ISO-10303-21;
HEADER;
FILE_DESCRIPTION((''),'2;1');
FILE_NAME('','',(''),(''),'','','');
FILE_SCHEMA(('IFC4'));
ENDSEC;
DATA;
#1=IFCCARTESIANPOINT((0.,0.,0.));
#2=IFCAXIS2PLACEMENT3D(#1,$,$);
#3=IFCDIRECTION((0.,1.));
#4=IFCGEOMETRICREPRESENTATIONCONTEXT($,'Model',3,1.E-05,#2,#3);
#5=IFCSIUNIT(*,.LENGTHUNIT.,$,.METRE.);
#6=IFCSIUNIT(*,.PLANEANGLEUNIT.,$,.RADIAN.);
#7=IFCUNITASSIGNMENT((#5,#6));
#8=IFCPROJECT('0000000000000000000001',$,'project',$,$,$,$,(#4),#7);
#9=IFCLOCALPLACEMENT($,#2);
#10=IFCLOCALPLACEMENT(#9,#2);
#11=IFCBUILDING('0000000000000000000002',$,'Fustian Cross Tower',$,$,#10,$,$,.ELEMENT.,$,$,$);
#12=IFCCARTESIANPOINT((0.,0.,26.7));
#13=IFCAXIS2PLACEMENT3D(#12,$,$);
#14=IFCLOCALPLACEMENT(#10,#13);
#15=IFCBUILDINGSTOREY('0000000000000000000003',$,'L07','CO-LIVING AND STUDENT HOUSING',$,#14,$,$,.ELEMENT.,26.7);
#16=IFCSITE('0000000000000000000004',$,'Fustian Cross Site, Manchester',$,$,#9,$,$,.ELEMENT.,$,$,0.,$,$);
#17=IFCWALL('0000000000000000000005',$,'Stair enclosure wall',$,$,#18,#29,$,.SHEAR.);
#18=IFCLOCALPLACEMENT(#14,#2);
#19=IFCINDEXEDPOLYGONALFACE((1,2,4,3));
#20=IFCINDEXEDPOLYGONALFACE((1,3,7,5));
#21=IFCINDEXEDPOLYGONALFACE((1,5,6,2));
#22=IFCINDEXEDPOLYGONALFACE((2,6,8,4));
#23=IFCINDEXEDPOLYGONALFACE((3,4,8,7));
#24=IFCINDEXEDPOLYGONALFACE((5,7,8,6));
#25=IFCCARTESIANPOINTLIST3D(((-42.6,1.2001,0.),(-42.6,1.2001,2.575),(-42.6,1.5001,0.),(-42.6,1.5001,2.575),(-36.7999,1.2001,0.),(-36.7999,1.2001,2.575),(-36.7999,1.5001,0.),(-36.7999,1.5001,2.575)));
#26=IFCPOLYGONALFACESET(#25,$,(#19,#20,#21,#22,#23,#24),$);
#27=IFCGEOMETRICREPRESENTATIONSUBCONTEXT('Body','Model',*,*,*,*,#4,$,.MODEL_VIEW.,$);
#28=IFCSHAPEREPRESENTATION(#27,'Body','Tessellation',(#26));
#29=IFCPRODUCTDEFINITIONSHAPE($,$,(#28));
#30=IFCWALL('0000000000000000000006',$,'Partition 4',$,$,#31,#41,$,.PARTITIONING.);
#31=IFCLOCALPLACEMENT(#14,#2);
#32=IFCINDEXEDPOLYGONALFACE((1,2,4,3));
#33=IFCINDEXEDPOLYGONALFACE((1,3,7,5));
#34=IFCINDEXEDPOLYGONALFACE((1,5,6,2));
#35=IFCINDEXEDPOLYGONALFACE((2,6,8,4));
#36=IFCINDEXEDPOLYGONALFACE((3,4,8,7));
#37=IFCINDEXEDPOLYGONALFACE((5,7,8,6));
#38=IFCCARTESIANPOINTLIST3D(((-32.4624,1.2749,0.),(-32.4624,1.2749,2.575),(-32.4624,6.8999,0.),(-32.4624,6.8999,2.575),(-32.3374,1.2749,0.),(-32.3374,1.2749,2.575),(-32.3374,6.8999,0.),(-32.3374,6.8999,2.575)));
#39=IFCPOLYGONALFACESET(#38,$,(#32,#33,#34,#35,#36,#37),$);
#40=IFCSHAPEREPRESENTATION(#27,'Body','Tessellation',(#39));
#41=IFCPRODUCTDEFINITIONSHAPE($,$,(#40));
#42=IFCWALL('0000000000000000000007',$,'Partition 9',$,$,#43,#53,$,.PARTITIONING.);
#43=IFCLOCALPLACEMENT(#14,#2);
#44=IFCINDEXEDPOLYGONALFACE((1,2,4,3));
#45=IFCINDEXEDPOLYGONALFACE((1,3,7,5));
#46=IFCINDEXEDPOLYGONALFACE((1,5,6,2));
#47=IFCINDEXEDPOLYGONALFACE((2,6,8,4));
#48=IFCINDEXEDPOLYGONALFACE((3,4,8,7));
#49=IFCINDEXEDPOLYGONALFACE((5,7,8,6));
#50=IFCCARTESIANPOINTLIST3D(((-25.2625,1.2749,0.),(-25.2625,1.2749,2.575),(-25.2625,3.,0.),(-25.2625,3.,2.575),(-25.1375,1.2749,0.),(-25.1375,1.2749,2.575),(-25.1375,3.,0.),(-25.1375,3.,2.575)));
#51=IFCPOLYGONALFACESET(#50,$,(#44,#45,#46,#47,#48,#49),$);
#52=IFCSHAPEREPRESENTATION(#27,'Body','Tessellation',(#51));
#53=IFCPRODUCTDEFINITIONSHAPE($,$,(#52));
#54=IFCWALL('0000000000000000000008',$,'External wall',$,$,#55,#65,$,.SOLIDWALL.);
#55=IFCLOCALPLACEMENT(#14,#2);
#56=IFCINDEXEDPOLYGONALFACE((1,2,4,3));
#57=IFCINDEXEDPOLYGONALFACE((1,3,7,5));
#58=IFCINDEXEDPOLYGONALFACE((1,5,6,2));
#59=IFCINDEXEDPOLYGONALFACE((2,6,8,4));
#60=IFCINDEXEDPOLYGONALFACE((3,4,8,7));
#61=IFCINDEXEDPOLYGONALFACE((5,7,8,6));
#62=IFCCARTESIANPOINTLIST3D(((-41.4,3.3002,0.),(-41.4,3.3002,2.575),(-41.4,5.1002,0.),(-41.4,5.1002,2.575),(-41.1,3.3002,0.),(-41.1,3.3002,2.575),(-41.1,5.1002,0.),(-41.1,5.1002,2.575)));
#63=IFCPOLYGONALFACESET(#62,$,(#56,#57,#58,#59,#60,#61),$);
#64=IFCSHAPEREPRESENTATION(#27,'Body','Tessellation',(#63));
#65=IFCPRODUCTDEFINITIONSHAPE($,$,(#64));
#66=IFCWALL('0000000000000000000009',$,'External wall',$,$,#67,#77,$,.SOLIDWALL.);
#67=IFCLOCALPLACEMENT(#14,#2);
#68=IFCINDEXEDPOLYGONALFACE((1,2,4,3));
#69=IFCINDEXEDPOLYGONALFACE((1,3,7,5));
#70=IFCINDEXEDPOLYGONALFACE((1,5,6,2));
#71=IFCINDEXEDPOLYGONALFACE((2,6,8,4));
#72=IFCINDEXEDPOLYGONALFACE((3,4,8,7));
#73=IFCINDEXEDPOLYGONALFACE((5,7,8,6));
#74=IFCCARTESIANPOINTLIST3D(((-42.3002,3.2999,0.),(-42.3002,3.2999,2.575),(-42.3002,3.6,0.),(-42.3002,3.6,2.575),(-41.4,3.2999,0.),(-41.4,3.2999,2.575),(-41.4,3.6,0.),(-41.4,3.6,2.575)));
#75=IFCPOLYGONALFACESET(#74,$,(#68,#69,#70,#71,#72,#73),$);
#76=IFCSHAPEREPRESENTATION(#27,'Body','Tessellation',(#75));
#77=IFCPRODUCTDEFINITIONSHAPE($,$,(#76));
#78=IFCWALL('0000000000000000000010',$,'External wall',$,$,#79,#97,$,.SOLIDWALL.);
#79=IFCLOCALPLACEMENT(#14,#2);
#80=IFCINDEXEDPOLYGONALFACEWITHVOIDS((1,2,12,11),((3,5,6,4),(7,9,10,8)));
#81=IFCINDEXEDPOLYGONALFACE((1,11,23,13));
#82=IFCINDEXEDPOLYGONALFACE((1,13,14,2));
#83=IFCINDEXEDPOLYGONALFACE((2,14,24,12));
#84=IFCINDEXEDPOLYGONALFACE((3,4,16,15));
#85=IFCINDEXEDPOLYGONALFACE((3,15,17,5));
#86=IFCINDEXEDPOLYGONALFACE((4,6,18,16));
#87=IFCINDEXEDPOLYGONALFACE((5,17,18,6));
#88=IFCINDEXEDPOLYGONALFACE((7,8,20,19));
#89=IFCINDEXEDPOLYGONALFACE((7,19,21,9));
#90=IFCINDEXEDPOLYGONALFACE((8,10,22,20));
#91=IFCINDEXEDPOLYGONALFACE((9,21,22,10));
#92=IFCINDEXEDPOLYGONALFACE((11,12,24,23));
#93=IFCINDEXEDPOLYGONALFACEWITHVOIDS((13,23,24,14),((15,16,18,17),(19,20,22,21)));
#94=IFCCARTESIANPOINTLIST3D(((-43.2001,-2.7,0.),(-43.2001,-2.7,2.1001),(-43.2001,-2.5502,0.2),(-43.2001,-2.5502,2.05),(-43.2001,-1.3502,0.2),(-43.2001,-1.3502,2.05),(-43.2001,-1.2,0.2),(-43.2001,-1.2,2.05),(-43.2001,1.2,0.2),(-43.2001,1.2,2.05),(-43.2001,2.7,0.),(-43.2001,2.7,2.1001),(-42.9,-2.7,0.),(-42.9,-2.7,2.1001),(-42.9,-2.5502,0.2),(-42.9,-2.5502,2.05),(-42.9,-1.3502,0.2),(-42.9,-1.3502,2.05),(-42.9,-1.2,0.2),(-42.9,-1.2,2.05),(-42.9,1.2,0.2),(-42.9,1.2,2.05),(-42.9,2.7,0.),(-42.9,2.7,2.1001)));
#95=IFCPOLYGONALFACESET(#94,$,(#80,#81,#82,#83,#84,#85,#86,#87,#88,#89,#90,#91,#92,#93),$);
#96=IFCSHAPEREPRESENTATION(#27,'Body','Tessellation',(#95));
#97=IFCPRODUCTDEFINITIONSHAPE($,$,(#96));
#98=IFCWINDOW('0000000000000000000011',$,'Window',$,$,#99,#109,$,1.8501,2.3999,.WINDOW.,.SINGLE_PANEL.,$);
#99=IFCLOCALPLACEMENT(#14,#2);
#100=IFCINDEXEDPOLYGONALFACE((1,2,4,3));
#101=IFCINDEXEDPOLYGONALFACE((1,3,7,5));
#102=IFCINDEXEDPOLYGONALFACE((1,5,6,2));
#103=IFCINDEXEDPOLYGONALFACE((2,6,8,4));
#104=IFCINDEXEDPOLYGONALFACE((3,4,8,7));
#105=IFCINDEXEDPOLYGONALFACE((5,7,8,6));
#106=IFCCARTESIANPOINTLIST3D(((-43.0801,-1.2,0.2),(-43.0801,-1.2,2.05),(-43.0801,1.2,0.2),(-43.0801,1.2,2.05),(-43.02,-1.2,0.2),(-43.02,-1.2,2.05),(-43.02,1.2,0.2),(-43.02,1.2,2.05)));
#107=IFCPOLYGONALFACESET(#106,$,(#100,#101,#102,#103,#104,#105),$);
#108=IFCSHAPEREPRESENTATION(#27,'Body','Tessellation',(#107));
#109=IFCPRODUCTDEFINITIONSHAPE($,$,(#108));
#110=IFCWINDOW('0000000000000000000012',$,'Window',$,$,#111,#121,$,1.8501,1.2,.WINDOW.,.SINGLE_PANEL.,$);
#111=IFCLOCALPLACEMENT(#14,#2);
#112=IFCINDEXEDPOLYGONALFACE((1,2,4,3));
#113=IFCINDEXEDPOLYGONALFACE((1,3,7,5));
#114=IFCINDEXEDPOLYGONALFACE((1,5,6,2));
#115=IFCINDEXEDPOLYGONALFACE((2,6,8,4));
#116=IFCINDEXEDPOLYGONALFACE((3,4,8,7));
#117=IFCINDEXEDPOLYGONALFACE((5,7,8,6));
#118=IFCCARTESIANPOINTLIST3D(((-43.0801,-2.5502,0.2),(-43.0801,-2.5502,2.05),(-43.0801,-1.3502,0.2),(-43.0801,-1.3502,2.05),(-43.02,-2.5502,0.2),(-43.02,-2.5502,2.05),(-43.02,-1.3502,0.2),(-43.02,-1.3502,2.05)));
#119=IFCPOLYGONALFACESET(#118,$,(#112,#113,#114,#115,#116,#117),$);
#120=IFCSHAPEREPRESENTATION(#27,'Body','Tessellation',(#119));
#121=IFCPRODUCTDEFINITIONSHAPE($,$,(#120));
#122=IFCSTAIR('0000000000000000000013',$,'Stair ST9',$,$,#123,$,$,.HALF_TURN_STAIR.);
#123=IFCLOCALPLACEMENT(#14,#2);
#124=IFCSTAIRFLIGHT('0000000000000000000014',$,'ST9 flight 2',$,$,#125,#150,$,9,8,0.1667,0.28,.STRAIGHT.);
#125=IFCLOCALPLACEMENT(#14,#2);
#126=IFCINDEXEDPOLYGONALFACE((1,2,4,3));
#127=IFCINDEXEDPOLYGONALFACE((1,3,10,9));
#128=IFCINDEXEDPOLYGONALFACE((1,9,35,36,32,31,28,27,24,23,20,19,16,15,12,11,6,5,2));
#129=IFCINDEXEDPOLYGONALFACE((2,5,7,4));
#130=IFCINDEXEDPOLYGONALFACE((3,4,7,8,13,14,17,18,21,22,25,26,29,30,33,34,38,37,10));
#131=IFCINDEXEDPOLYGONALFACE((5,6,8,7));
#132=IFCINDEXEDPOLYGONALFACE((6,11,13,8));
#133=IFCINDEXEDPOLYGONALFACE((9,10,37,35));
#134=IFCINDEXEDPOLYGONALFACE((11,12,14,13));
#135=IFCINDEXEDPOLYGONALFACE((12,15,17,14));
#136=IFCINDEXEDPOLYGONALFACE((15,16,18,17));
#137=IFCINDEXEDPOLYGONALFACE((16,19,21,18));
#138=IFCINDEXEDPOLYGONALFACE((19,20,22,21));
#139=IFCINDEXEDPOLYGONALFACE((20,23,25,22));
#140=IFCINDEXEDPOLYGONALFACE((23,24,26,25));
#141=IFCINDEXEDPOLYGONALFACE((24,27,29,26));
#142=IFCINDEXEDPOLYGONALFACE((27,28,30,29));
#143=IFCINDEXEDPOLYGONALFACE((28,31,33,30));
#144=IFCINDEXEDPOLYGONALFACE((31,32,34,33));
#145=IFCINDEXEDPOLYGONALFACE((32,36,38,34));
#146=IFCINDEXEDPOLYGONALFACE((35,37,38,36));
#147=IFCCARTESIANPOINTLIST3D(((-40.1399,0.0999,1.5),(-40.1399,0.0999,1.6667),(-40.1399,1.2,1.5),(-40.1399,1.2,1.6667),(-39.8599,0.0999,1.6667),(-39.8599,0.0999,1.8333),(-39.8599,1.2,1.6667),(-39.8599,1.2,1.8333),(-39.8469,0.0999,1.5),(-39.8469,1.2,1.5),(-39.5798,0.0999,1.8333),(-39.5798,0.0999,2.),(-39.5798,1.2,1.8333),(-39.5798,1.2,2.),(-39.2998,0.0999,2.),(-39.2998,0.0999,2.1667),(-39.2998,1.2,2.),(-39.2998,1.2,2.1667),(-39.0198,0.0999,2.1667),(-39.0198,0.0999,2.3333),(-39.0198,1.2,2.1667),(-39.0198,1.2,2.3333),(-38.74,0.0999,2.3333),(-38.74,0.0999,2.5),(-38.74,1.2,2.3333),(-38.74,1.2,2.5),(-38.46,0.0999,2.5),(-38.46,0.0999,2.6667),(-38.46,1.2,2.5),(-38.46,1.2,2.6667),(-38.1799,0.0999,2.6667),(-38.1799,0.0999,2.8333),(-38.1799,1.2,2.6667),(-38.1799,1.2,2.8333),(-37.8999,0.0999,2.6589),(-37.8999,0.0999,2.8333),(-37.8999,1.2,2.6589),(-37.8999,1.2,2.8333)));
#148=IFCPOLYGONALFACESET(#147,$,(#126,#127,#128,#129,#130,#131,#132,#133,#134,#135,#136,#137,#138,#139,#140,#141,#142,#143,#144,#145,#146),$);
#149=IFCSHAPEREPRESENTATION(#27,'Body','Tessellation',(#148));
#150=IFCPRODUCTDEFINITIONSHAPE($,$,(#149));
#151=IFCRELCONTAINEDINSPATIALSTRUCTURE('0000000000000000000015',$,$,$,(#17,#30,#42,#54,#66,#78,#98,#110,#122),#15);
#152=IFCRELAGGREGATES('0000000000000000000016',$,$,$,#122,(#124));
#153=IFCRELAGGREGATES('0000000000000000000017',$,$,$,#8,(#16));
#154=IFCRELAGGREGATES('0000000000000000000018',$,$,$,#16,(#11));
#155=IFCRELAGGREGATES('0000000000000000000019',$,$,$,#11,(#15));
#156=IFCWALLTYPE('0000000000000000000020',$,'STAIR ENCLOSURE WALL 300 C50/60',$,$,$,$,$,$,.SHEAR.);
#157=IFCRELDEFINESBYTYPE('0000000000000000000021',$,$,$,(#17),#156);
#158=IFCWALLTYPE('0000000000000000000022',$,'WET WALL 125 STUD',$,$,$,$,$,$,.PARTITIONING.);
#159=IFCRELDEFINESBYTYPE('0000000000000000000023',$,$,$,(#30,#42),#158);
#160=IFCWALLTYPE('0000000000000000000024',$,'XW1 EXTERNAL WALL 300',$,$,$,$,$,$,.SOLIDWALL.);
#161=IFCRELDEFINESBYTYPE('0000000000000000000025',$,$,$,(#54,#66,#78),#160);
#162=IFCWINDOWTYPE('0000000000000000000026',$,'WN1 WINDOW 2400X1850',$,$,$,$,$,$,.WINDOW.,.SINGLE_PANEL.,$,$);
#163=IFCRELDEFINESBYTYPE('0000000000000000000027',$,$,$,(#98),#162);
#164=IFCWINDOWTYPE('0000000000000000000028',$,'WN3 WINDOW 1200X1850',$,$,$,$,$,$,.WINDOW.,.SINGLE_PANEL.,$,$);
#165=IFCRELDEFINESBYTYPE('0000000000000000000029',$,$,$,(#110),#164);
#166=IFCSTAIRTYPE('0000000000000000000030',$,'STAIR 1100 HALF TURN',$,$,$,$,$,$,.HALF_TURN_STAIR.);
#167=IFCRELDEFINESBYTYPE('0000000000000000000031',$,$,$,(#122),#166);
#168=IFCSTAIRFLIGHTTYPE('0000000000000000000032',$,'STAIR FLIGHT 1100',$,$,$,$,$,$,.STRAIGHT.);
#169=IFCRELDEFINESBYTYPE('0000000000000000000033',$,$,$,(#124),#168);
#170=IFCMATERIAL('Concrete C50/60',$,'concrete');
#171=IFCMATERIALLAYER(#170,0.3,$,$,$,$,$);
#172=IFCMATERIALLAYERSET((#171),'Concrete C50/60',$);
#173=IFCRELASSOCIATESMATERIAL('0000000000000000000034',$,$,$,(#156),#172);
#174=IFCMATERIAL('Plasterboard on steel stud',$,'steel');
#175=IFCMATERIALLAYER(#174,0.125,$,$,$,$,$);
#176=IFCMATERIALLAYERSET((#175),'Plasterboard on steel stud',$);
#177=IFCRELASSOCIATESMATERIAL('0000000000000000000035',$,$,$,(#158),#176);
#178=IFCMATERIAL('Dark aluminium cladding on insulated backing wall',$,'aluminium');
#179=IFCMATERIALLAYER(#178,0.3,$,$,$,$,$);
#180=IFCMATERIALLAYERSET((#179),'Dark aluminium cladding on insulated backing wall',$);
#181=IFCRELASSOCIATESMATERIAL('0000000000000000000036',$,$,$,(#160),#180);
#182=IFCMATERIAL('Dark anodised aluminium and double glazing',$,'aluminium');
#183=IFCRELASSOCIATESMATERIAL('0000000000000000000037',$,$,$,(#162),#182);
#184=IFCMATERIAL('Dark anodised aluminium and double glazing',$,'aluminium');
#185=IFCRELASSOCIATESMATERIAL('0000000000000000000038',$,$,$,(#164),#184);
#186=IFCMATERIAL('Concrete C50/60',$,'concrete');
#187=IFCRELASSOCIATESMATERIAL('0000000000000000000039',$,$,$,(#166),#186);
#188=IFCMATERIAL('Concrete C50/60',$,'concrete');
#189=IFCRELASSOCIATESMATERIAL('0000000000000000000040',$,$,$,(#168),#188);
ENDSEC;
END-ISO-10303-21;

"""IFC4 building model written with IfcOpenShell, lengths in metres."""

from ifc_helpers import new_model, si_unit, direction, frame, frame_2d, origin, place, context, subcontext, project, spatial, polyline, rectangle, outline, extrude, material, layer, layer_set, type_object, element, fill, aggregate, save


model = new_model("IFC4")

# Units and contexts
model_context = context("Model", 3, precision=1e-05, world=origin(), true_north=direction((0.0, 1.0)))
body_context = subcontext(model_context, "Body", "Model", "MODEL_VIEW")
ifc_project = project(units=[si_unit("LENGTHUNIT", "METRE"), si_unit("PLANEANGLEUNIT", "RADIAN")], contexts=[model_context])

# Site, building, storey
site_placement = place(None, origin())
site = spatial("IfcSite", under=ifc_project, at=site_placement, Name="Fustian Cross Site, Manchester", CompositionType="ELEMENT", RefElevation=0.0)
building_placement = place(site_placement, origin())
building = spatial("IfcBuilding", under=site, at=building_placement, Name="Fustian Cross Tower", CompositionType="ELEMENT")
storey_placement = place(building_placement, frame((0.0, 0.0, 26.7)))
storey = spatial("IfcBuildingStorey", under=building, at=storey_placement, Name="L07", Description="CO-LIVING AND STUDENT HOUSING", CompositionType="ELEMENT", Elevation=26.7)

# Walls
ifc_material_1 = material(Name="Concrete C50/60", Category="concrete")
ifc_layer_1 = layer(ifc_material_1, 0.3)
ifc_layer_set_1 = layer_set([ifc_layer_1], Name="Concrete C50/60")
wall_type_1 = type_object("IfcWallType", Name="STAIR ENCLOSURE WALL 300 C50/60", PredefinedType="SHEAR", material=ifc_layer_set_1)
wall_1_placement = place(storey_placement, frame((-36.8, 1.3501, 0.0), z_axis=(0.0, 0.0, 1.0), x_axis=(-1.0, 0.0, 0.0)))
element("IfcWall", 1, at=wall_1_placement, inside=storey, type_object=wall_type_1, Name="Stair enclosure wall", PredefinedType="SHEAR", context=body_context, shape_type="SweptSolid", body=[
    extrude(rectangle(XDim=5.8, YDim=0.3, at=frame_2d((2.8999, 0.0))), origin(), (0.0, 0.0, 1.0), 2.575),
])
ifc_material_2 = material(Name="Plasterboard on steel stud", Category="steel")
ifc_layer_2 = layer(ifc_material_2, 0.125)
ifc_layer_set_2 = layer_set([ifc_layer_2], Name="Plasterboard on steel stud")
wall_type_2 = type_object("IfcWallType", Name="WET WALL 125 STUD", PredefinedType="PARTITIONING", material=ifc_layer_set_2)
wall_2_placement = place(storey_placement, frame((-32.3999, 1.2749, 0.0), z_axis=(0.0, 0.0, 1.0), x_axis=(0.0, 1.0, 0.0)))
element("IfcWall", 2, at=wall_2_placement, inside=storey, type_object=wall_type_2, Name="Partition 4", PredefinedType="PARTITIONING", context=body_context, shape_type="SweptSolid", body=[
    extrude(rectangle(XDim=5.625, YDim=0.125, at=frame_2d((2.8125, 0.0))), origin(), (0.0, 0.0, 1.0), 2.575),
])
wall_3_placement = place(storey_placement, frame((-25.2, 1.2749, 0.0), z_axis=(0.0, 0.0, 1.0), x_axis=(0.0, 1.0, 0.0)))
element("IfcWall", 3, at=wall_3_placement, inside=storey, type_object=wall_type_2, Name="Partition 9", PredefinedType="PARTITIONING", context=body_context, shape_type="SweptSolid", body=[
    extrude(rectangle(XDim=1.7251, YDim=0.125, at=frame_2d((0.8625, 0.0))), origin(), (0.0, 0.0, 1.0), 2.575),
])
ifc_material_3 = material(Name="Dark aluminium cladding on insulated backing wall", Category="aluminium")
ifc_layer_3 = layer(ifc_material_3, 0.3)
ifc_layer_set_3 = layer_set([ifc_layer_3], Name="Dark aluminium cladding on insulated backing wall")
wall_type_3 = type_object("IfcWallType", Name="XW1 EXTERNAL WALL 300", PredefinedType="SOLIDWALL", material=ifc_layer_set_3)
wall_4_placement = place(storey_placement, frame((-41.25, 5.1001, 0.0), z_axis=(0.0, 0.0, 1.0), x_axis=(0.0, -1.0, 0.0)))
element("IfcWall", 4, at=wall_4_placement, inside=storey, type_object=wall_type_3, Name="External wall", PredefinedType="SOLIDWALL", context=body_context, shape_type="SweptSolid", body=[
    extrude(rectangle(XDim=1.8, YDim=0.3, at=frame_2d((0.8999, 0.0))), origin(), (0.0, 0.0, 1.0), 2.575),
])
wall_5_placement = place(storey_placement, frame((-41.3999, 3.45, 0.0), z_axis=(0.0, 0.0, 1.0), x_axis=(-1.0, 0.0, 0.0)))
element("IfcWall", 5, at=wall_5_placement, inside=storey, type_object=wall_type_3, Name="External wall", PredefinedType="SOLIDWALL", context=body_context, shape_type="SweptSolid", body=[
    extrude(rectangle(XDim=0.9001, YDim=0.3, at=frame_2d((0.4502, 0.0))), origin(), (0.0, 0.0, 1.0), 2.575),
])

# Wall, openings, windows
wall_6_placement = place(storey_placement, frame((-43.05, 2.7, 0.0), z_axis=(0.0, 0.0, 1.0), x_axis=(0.0, -1.0, 0.0)))
wall_6 = element("IfcWall", 6, at=wall_6_placement, inside=storey, type_object=wall_type_3, Name="External wall", PredefinedType="SOLIDWALL", context=body_context, shape_type="SweptSolid", body=[
    extrude(rectangle(XDim=5.3999, YDim=0.3, at=frame_2d((2.7, 0.0))), origin(), (0.0, 0.0, 1.0), 2.1001),
])
opening_1_placement = place(wall_6_placement, frame((1.5, 0.0, 0.2)))
opening_1 = element("IfcOpeningElement", 7, at=opening_1_placement, cuts=wall_6, PredefinedType="OPENING", context=body_context, shape_type="SweptSolid", body=[
    extrude(rectangle(XDim=2.3999, YDim=1.8501, at=frame_2d((1.2, 0.925))), frame((0.0, 0.1599, 0.0), z_axis=(0.0, -1.0, 0.0), x_axis=(1.0, 0.0, 0.0)), (0.0, 0.0, 1.0), 0.3201),
])
opening_2_placement = place(wall_6_placement, frame((4.05, 0.0, 0.2)))
opening_2 = element("IfcOpeningElement", 8, at=opening_2_placement, cuts=wall_6, PredefinedType="OPENING", context=body_context, shape_type="SweptSolid", body=[
    extrude(rectangle(XDim=1.2, YDim=1.8501, at=frame_2d((0.6001, 0.925))), frame((0.0, 0.1599, 0.0), z_axis=(0.0, -1.0, 0.0), x_axis=(1.0, 0.0, 0.0)), (0.0, 0.0, 1.0), 0.3201),
])
ifc_material_4 = material(Name="Dark anodised aluminium and double glazing", Category="aluminium")
window_type_1 = type_object("IfcWindowType", Name="WN1 WINDOW 2400X1850", PartitioningType="SINGLE_PANEL", PredefinedType="WINDOW", material=ifc_material_4)
window_1_placement = place(opening_1_placement, origin())
window_1 = element("IfcWindow", 9, at=window_1_placement, inside=storey, type_object=window_type_1, Name="Window", OverallHeight=1.8501, OverallWidth=2.3999, PartitioningType="SINGLE_PANEL", PredefinedType="WINDOW", context=body_context, shape_type="SweptSolid", body=[
    extrude(rectangle(XDim=2.3999, YDim=1.8501, at=frame_2d((1.2, 0.925))), frame((0.0, 0.03, 0.0), z_axis=(0.0, -1.0, 0.0), x_axis=(1.0, 0.0, 0.0)), (0.0, 0.0, 1.0), 0.0601),
])
fill(opening_1, window_1)
ifc_material_5 = material(Name="Dark anodised aluminium and double glazing", Category="aluminium")
window_type_2 = type_object("IfcWindowType", Name="WN3 WINDOW 1200X1850", PartitioningType="SINGLE_PANEL", PredefinedType="WINDOW", material=ifc_material_5)
window_2_placement = place(opening_2_placement, origin())
window_2 = element("IfcWindow", 10, at=window_2_placement, inside=storey, type_object=window_type_2, Name="Window", OverallHeight=1.8501, OverallWidth=1.2, PartitioningType="SINGLE_PANEL", PredefinedType="WINDOW", context=body_context, shape_type="SweptSolid", body=[
    extrude(rectangle(XDim=1.2, YDim=1.8501, at=frame_2d((0.6001, 0.925))), frame((0.0, 0.03, 0.0), z_axis=(0.0, -1.0, 0.0), x_axis=(1.0, 0.0, 0.0)), (0.0, 0.0, 1.0), 0.0601),
])
fill(opening_2, window_2)

# Stair, stair flight
ifc_material_6 = material(Name="Concrete C50/60", Category="concrete")
stair_type = type_object("IfcStairType", Name="STAIR 1100 HALF TURN", PredefinedType="HALF_TURN_STAIR", material=ifc_material_6)
stair_placement = place(storey_placement, origin())
stair = element("IfcStair", 11, at=stair_placement, inside=storey, type_object=stair_type, Name="Stair ST9", PredefinedType="HALF_TURN_STAIR")
ifc_material_7 = material(Name="Concrete C50/60", Category="concrete")
stair_flight_type = type_object("IfcStairFlightType", Name="STAIR FLIGHT 1100", PredefinedType="STRAIGHT", material=ifc_material_7)
stair_flight_placement = place(storey_placement, frame((-40.1399, 0.6499, 1.5), z_axis=(0.0, 0.0, 1.0), x_axis=(1.0, 0.0, 0.0)))
stair_flight = element("IfcStairFlight", 12, at=stair_flight_placement, type_object=stair_flight_type, Name="ST9 flight 2", NumberOfRisers=9, NumberOfTreads=8, PredefinedType="STRAIGHT", RiserHeight=0.1667, TreadLength=0.28, context=body_context, shape_type="SweptSolid", body=[
    extrude(outline(polyline([(0.0, 0.0), (0.0, 0.1667), (0.28, 0.1667), (0.28, 0.3333), (0.5601, 0.3333), (0.5601, 0.5), (0.8401, 0.5), (0.8401, 0.6667), (1.1201, 0.6667), (1.1201, 0.8333), (1.3999, 0.8333), (1.3999, 1.0), (1.6799, 1.0), (1.6799, 1.1667), (1.96, 1.1667), (1.96, 1.3333), (2.24, 1.3333), (2.24, 1.5), (2.24, 1.1589), (0.293, 0.0), (0.0, 0.0)])), frame((0.0, 0.55, 0.0), z_axis=(0.0, -1.0, 0.0), x_axis=(1.0, 0.0, 0.0)), (0.0, 0.0, 1.0), 1.1001),
])
aggregate(stair, [stair_flight])

save(model, "model.ifc")
